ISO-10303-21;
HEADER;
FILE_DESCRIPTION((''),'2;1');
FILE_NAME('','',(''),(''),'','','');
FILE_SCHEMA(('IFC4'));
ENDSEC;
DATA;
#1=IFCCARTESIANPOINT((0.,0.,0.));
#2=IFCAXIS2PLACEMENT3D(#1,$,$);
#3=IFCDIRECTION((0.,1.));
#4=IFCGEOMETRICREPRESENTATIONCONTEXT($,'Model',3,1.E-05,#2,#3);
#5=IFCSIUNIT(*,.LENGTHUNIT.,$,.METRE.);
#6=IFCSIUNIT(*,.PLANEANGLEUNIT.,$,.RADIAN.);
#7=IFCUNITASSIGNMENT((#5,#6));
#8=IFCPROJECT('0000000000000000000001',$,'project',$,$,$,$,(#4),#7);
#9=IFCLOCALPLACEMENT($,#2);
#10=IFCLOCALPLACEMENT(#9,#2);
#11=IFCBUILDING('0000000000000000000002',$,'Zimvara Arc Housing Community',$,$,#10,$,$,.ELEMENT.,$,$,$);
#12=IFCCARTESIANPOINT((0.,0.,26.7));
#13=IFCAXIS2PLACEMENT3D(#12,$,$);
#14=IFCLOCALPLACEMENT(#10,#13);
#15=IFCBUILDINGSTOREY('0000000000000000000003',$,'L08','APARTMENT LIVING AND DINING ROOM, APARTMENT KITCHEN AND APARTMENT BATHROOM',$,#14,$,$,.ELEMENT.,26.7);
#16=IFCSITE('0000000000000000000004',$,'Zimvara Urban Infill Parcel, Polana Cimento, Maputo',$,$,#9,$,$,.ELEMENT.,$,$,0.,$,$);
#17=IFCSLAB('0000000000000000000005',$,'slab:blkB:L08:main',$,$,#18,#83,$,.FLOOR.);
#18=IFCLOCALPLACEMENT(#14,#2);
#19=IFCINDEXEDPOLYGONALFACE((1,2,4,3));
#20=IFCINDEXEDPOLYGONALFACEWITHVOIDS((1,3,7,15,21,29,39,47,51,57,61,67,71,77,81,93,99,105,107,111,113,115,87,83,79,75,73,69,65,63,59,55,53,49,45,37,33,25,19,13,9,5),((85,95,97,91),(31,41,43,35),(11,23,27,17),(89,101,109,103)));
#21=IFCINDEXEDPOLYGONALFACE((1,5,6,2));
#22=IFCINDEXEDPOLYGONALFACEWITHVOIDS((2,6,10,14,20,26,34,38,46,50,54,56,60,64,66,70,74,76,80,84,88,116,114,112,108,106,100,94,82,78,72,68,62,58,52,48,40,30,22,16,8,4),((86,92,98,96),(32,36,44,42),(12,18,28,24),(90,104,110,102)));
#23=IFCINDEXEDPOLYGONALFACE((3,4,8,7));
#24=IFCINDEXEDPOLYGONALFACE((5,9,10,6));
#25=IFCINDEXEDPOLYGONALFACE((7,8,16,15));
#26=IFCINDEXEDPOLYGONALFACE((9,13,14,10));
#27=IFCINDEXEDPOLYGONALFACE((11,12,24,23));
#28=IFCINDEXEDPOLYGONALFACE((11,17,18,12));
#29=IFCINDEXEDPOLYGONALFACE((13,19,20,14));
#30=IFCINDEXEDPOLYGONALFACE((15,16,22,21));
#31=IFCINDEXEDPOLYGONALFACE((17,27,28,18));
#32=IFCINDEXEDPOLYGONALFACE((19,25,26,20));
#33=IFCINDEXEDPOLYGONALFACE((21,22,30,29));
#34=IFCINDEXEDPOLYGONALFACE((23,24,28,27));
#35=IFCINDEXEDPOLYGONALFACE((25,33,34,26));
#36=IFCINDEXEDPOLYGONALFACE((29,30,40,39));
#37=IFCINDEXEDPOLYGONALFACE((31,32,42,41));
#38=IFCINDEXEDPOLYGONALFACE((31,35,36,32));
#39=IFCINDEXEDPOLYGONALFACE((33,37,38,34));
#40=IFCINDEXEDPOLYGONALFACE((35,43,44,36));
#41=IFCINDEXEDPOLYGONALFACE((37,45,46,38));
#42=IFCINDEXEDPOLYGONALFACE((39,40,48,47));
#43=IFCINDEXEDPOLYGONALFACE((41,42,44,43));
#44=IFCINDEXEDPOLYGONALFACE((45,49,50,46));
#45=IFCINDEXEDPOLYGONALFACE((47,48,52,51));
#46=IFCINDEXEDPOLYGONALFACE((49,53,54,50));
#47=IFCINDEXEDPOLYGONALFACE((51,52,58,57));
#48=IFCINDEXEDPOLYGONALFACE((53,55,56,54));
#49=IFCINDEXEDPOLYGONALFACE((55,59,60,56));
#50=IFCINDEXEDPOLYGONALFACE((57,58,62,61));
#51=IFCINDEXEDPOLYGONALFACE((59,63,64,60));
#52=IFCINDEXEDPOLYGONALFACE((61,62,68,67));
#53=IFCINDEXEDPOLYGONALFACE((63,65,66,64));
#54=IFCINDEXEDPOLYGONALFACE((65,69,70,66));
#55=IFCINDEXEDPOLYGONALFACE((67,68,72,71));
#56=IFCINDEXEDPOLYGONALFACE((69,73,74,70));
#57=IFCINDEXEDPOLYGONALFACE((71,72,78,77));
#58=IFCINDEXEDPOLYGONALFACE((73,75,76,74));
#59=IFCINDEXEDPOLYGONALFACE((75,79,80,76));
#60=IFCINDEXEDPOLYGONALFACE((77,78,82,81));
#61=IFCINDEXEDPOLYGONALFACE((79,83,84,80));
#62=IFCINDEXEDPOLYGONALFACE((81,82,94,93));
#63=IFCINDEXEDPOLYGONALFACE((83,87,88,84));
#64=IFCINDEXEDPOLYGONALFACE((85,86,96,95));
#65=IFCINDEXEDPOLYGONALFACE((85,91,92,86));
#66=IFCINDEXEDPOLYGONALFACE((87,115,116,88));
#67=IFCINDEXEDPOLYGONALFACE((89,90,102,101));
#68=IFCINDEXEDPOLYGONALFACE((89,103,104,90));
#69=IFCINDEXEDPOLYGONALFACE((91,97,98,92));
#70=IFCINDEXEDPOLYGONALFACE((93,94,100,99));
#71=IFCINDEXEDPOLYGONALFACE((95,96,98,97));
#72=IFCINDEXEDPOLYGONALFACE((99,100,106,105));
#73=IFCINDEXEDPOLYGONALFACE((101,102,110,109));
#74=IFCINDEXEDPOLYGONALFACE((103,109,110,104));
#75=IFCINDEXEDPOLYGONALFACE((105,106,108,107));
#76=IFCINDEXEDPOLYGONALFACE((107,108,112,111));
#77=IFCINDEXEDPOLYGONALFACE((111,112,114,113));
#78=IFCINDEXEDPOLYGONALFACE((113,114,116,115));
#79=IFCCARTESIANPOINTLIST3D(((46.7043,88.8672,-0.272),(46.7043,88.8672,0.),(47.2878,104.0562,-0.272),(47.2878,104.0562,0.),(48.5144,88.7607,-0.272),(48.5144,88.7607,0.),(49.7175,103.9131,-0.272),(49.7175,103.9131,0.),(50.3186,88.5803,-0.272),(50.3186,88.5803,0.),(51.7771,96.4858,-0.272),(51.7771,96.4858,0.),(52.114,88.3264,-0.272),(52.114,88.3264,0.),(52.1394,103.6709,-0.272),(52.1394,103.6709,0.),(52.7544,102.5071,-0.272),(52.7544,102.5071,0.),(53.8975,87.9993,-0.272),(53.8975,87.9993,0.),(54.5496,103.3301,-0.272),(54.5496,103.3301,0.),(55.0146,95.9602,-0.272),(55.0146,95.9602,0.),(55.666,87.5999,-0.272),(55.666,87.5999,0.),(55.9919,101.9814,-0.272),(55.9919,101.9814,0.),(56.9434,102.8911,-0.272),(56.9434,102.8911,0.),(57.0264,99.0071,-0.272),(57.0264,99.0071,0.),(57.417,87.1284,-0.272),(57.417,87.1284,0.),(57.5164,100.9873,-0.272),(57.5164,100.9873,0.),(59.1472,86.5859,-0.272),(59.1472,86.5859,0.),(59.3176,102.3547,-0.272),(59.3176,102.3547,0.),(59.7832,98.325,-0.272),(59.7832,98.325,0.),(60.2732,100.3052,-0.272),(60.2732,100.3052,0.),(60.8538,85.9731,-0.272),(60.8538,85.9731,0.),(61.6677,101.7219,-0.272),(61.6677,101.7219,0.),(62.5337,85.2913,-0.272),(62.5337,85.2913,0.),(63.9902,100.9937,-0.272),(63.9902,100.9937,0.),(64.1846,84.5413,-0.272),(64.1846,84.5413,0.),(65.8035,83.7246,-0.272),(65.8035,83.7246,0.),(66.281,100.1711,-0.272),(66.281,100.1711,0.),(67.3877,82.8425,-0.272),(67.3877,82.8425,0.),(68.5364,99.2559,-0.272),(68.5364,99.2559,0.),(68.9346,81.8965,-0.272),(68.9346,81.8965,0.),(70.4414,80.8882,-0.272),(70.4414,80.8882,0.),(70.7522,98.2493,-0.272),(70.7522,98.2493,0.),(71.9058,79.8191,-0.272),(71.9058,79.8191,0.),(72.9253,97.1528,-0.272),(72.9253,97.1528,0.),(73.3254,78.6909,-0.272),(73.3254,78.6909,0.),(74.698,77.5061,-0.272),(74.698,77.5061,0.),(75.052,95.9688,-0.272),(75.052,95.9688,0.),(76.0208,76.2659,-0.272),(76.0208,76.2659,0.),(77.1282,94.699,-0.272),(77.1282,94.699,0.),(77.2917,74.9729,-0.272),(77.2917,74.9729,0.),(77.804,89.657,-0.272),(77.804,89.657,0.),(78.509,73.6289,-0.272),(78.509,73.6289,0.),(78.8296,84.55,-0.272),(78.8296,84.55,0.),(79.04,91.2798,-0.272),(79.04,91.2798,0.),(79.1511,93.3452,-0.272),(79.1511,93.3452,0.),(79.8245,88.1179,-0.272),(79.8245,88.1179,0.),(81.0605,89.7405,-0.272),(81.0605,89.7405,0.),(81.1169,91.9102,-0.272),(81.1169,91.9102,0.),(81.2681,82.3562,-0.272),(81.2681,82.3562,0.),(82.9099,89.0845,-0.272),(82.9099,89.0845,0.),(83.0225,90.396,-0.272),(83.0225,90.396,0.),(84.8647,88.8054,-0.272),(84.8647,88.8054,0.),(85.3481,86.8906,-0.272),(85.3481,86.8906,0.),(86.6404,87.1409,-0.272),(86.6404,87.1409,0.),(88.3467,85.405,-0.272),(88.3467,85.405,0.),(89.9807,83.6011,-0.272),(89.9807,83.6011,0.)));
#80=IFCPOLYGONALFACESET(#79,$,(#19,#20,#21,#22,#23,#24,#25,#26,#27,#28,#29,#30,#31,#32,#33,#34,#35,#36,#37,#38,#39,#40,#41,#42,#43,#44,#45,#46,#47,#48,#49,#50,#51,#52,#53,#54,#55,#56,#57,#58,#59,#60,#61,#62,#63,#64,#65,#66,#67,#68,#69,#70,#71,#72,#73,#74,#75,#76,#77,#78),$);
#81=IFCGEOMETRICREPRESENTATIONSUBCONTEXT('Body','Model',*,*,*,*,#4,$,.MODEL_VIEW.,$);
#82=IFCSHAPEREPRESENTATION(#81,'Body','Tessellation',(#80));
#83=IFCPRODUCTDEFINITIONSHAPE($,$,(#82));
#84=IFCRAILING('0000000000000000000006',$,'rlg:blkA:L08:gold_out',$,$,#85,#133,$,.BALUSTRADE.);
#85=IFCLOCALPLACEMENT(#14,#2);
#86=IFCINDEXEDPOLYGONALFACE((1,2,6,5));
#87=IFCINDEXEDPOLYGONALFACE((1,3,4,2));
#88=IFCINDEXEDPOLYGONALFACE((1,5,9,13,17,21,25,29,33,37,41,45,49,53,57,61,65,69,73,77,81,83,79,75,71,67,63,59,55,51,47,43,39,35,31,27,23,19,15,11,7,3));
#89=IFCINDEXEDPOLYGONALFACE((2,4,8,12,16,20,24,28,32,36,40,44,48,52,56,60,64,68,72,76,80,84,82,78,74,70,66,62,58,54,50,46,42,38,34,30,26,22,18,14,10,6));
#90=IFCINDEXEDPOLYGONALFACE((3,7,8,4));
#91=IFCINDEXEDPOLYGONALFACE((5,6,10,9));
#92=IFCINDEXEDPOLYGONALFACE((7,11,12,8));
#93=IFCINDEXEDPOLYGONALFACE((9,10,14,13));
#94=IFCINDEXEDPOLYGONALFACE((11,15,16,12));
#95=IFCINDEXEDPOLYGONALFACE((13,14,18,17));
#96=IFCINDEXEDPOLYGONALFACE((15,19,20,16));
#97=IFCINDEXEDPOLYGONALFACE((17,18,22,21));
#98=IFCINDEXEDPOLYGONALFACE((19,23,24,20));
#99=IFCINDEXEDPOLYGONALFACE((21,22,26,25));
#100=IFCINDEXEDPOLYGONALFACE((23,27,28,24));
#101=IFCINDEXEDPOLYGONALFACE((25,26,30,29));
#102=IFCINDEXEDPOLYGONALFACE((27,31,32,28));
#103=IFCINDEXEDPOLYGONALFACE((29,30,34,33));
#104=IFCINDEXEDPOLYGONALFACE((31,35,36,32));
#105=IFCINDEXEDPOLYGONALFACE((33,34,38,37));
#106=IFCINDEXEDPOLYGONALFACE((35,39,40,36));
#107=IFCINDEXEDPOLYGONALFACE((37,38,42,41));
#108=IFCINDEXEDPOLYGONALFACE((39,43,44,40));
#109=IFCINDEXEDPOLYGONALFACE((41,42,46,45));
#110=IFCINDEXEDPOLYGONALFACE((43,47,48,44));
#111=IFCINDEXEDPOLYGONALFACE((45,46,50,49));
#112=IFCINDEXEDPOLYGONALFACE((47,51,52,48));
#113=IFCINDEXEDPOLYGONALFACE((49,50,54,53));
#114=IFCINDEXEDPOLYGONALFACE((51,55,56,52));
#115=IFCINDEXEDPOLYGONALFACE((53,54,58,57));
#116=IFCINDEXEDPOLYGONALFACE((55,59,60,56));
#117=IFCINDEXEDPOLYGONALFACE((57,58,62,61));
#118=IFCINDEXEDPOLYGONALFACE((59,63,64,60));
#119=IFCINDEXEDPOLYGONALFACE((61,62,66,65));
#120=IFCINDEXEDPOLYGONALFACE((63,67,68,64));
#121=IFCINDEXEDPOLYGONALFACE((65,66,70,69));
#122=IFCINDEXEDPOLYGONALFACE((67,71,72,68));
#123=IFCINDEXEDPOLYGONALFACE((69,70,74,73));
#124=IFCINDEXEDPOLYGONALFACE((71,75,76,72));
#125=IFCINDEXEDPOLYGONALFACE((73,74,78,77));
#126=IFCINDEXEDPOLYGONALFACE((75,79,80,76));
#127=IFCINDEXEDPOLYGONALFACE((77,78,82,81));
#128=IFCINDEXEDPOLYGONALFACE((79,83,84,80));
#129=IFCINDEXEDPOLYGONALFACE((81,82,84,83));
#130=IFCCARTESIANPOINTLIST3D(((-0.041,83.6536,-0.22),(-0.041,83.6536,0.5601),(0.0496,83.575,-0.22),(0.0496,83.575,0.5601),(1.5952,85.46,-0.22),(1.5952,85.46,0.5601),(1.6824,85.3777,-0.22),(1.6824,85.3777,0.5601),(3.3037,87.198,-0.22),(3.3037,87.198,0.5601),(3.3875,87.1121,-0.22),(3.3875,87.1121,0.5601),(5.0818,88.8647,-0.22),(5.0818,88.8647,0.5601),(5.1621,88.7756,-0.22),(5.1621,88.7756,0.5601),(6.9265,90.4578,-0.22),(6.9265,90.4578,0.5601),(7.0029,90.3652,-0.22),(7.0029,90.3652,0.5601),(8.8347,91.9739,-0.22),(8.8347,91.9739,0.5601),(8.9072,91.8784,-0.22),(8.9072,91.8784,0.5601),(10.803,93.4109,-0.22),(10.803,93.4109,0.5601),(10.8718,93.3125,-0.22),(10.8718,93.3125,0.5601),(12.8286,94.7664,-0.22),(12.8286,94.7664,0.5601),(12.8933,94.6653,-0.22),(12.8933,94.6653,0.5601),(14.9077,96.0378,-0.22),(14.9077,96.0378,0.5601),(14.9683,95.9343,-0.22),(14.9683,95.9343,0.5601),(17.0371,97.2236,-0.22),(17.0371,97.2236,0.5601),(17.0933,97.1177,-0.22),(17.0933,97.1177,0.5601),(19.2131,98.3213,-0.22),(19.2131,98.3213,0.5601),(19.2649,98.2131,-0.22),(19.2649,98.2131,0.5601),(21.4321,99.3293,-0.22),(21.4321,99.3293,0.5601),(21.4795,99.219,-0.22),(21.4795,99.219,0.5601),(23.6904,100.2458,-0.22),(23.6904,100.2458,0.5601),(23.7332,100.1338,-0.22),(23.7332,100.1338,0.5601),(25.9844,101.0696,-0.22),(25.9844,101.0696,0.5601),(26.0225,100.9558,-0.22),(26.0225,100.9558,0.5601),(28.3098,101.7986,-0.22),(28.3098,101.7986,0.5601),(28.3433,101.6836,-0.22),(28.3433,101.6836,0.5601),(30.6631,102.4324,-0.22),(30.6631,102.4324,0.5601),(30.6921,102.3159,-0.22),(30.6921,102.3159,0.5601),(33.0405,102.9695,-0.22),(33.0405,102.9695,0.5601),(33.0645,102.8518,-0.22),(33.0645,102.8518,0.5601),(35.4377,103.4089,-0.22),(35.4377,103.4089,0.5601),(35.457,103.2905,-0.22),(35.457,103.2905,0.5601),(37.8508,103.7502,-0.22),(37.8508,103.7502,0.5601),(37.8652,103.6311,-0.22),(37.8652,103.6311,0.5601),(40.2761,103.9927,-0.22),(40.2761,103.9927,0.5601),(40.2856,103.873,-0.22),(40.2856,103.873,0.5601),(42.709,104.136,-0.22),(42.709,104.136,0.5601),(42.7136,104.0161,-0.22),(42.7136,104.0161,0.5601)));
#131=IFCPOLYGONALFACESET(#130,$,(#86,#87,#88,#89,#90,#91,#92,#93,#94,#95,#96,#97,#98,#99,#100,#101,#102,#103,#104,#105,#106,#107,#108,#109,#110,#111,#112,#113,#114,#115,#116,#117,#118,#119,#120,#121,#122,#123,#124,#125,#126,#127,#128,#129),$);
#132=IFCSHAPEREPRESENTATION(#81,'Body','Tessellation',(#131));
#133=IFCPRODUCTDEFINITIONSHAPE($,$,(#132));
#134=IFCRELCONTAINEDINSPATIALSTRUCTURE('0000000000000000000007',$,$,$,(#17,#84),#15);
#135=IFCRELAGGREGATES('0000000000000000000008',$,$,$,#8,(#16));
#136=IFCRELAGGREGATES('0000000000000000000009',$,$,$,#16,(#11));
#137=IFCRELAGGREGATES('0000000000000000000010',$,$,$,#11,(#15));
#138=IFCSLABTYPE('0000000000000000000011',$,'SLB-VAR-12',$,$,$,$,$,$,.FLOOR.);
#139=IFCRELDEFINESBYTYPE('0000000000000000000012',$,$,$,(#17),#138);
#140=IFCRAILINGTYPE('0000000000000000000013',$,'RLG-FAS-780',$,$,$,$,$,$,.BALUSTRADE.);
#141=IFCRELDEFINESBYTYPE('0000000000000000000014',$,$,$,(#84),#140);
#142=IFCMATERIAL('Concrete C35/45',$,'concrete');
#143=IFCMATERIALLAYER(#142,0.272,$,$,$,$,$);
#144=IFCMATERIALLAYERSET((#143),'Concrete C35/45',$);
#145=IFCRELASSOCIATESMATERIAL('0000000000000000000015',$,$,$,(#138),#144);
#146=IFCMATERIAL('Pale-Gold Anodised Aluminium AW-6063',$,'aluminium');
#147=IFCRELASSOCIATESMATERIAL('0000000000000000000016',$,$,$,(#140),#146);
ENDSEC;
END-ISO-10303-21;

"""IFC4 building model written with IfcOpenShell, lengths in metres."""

from ifc_helpers import new_model, si_unit, direction, frame, origin, place, context, subcontext, project, spatial, polyline, outline, extrude, material, layer, layer_set, type_object, element, save


model = new_model("IFC4")

# Units and contexts
model_context = context("Model", 3, precision=1e-05, world=origin(), true_north=direction((0.0, 1.0)))
body_context = subcontext(model_context, "Body", "Model", "MODEL_VIEW")
ifc_project = project(units=[si_unit("LENGTHUNIT", "METRE"), si_unit("PLANEANGLEUNIT", "RADIAN")], contexts=[model_context])

# Site, building, storey
site_placement = place(None, origin())
site = spatial("IfcSite", under=ifc_project, at=site_placement, Name="Zimvara Urban Infill Parcel, Polana Cimento, Maputo", CompositionType="ELEMENT", RefElevation=0.0)
building_placement = place(site_placement, origin())
building = spatial("IfcBuilding", under=site, at=building_placement, Name="Zimvara Arc Housing Community", CompositionType="ELEMENT")
storey_placement = place(building_placement, frame((0.0, 0.0, 26.7)))
storey = spatial("IfcBuildingStorey", under=building, at=storey_placement, Name="L08", Description="APARTMENT LIVING AND DINING ROOM, APARTMENT KITCHEN AND APARTMENT BATHROOM", CompositionType="ELEMENT", Elevation=26.7)

# Slab
ifc_material_1 = material(Name="Concrete C35/45", Category="concrete")
ifc_layer_1 = layer(ifc_material_1, 0.272)
ifc_layer_set_1 = layer_set([ifc_layer_1], Name="Concrete C35/45")
slab_type_1 = type_object("IfcSlabType", Name="SLB-VAR-12", PredefinedType="FLOOR", material=ifc_layer_set_1)
slab_1_placement = place(storey_placement, frame((0.0, 0.0, -0.272)))
element("IfcSlab", 1, at=slab_1_placement, inside=storey, type_object=slab_type_1, Name="slab:blkB:L08:main", PredefinedType="FLOOR", context=body_context, shape_type="SweptSolid", body=[
    extrude(outline(polyline([(46.7043, 88.8672), (48.5144, 88.7607), (50.3186, 88.5803), (52.114, 88.3264), (53.8975, 87.9993), (55.666, 87.5999), (57.417, 87.1284), (59.1472, 86.5859), (60.8538, 85.9731), (62.5337, 85.2913), (64.1846, 84.5413), (65.8035, 83.7246), (67.3877, 82.8425), (68.9346, 81.8965), (70.4414, 80.8882), (71.9058, 79.8191), (73.3254, 78.6909), (74.698, 77.5061), (76.0208, 76.2659), (77.2917, 74.9729), (78.509, 73.6289), (89.9807, 83.6011), (88.3467, 85.405), (86.6404, 87.1409), (84.8647, 88.8054), (83.0225, 90.396), (81.1169, 91.9102), (79.1511, 93.3452), (77.1282, 94.699), (75.052, 95.9688), (72.9253, 97.1528), (70.7522, 98.2493), (68.5364, 99.2559), (66.281, 100.1711), (63.9902, 100.9937), (61.6677, 101.7219), (59.3176, 102.3547), (56.9434, 102.8911), (54.5496, 103.3301), (52.1394, 103.6709), (49.7175, 103.9131), (47.2878, 104.0562), (46.7043, 88.8672)]), holes=[polyline([(51.7771, 96.4858), (52.7544, 102.5071), (55.9919, 101.9814), (55.0146, 95.9602), (51.7771, 96.4858)]), polyline([(78.8296, 84.55), (82.9099, 89.0845), (85.3481, 86.8906), (81.2681, 82.3562), (78.8296, 84.55)]), polyline([(57.0264, 99.0071), (57.5164, 100.9873), (60.2732, 100.3052), (59.7832, 98.325), (57.0264, 99.0071)]), polyline([(77.804, 89.657), (79.04, 91.2798), (81.0605, 89.7405), (79.8245, 88.1179), (77.804, 89.657)])]), origin(), (0.0, 0.0, 1.0), 0.272),
])

# Railing
ifc_material_2 = material(Name="Pale-Gold Anodised Aluminium AW-6063", Category="aluminium")
railing_type = type_object("IfcRailingType", Name="RLG-FAS-780", PredefinedType="BALUSTRADE", material=ifc_material_2)
railing_1_placement = place(storey_placement, frame((0.0, 0.0, -0.22)))
element("IfcRailing", 2, at=railing_1_placement, inside=storey, type_object=railing_type, Name="rlg:blkA:L08:gold_out", PredefinedType="BALUSTRADE", context=body_context, shape_type="SweptSolid", body=[
    extrude(outline(polyline([(0.0496, 83.575), (1.6824, 85.3777), (3.3875, 87.1121), (5.1621, 88.7756), (7.0029, 90.3652), (8.9072, 91.8784), (10.8718, 93.3125), (12.8933, 94.6653), (14.9683, 95.9343), (17.0933, 97.1177), (19.2649, 98.2131), (21.4795, 99.219), (23.7332, 100.1338), (26.0225, 100.9558), (28.3433, 101.6836), (30.6921, 102.3159), (33.0645, 102.8518), (35.457, 103.2905), (37.8652, 103.6311), (40.2856, 103.873), (42.7136, 104.0161), (42.709, 104.136), (40.2761, 103.9927), (37.8508, 103.7502), (35.4377, 103.4089), (33.0405, 102.9695), (30.6631, 102.4324), (28.3098, 101.7986), (25.9844, 101.0696), (23.6904, 100.2458), (21.4321, 99.3293), (19.2131, 98.3213), (17.0371, 97.2236), (14.9077, 96.0378), (12.8286, 94.7664), (10.803, 93.4109), (8.8347, 91.9739), (6.9265, 90.4578), (5.0818, 88.8647), (3.3037, 87.198), (1.5952, 85.46), (-0.041, 83.6536), (0.0496, 83.575)])), origin(), (0.0, 0.0, 1.0), 0.78),
])

save(model, "model.ifc")
